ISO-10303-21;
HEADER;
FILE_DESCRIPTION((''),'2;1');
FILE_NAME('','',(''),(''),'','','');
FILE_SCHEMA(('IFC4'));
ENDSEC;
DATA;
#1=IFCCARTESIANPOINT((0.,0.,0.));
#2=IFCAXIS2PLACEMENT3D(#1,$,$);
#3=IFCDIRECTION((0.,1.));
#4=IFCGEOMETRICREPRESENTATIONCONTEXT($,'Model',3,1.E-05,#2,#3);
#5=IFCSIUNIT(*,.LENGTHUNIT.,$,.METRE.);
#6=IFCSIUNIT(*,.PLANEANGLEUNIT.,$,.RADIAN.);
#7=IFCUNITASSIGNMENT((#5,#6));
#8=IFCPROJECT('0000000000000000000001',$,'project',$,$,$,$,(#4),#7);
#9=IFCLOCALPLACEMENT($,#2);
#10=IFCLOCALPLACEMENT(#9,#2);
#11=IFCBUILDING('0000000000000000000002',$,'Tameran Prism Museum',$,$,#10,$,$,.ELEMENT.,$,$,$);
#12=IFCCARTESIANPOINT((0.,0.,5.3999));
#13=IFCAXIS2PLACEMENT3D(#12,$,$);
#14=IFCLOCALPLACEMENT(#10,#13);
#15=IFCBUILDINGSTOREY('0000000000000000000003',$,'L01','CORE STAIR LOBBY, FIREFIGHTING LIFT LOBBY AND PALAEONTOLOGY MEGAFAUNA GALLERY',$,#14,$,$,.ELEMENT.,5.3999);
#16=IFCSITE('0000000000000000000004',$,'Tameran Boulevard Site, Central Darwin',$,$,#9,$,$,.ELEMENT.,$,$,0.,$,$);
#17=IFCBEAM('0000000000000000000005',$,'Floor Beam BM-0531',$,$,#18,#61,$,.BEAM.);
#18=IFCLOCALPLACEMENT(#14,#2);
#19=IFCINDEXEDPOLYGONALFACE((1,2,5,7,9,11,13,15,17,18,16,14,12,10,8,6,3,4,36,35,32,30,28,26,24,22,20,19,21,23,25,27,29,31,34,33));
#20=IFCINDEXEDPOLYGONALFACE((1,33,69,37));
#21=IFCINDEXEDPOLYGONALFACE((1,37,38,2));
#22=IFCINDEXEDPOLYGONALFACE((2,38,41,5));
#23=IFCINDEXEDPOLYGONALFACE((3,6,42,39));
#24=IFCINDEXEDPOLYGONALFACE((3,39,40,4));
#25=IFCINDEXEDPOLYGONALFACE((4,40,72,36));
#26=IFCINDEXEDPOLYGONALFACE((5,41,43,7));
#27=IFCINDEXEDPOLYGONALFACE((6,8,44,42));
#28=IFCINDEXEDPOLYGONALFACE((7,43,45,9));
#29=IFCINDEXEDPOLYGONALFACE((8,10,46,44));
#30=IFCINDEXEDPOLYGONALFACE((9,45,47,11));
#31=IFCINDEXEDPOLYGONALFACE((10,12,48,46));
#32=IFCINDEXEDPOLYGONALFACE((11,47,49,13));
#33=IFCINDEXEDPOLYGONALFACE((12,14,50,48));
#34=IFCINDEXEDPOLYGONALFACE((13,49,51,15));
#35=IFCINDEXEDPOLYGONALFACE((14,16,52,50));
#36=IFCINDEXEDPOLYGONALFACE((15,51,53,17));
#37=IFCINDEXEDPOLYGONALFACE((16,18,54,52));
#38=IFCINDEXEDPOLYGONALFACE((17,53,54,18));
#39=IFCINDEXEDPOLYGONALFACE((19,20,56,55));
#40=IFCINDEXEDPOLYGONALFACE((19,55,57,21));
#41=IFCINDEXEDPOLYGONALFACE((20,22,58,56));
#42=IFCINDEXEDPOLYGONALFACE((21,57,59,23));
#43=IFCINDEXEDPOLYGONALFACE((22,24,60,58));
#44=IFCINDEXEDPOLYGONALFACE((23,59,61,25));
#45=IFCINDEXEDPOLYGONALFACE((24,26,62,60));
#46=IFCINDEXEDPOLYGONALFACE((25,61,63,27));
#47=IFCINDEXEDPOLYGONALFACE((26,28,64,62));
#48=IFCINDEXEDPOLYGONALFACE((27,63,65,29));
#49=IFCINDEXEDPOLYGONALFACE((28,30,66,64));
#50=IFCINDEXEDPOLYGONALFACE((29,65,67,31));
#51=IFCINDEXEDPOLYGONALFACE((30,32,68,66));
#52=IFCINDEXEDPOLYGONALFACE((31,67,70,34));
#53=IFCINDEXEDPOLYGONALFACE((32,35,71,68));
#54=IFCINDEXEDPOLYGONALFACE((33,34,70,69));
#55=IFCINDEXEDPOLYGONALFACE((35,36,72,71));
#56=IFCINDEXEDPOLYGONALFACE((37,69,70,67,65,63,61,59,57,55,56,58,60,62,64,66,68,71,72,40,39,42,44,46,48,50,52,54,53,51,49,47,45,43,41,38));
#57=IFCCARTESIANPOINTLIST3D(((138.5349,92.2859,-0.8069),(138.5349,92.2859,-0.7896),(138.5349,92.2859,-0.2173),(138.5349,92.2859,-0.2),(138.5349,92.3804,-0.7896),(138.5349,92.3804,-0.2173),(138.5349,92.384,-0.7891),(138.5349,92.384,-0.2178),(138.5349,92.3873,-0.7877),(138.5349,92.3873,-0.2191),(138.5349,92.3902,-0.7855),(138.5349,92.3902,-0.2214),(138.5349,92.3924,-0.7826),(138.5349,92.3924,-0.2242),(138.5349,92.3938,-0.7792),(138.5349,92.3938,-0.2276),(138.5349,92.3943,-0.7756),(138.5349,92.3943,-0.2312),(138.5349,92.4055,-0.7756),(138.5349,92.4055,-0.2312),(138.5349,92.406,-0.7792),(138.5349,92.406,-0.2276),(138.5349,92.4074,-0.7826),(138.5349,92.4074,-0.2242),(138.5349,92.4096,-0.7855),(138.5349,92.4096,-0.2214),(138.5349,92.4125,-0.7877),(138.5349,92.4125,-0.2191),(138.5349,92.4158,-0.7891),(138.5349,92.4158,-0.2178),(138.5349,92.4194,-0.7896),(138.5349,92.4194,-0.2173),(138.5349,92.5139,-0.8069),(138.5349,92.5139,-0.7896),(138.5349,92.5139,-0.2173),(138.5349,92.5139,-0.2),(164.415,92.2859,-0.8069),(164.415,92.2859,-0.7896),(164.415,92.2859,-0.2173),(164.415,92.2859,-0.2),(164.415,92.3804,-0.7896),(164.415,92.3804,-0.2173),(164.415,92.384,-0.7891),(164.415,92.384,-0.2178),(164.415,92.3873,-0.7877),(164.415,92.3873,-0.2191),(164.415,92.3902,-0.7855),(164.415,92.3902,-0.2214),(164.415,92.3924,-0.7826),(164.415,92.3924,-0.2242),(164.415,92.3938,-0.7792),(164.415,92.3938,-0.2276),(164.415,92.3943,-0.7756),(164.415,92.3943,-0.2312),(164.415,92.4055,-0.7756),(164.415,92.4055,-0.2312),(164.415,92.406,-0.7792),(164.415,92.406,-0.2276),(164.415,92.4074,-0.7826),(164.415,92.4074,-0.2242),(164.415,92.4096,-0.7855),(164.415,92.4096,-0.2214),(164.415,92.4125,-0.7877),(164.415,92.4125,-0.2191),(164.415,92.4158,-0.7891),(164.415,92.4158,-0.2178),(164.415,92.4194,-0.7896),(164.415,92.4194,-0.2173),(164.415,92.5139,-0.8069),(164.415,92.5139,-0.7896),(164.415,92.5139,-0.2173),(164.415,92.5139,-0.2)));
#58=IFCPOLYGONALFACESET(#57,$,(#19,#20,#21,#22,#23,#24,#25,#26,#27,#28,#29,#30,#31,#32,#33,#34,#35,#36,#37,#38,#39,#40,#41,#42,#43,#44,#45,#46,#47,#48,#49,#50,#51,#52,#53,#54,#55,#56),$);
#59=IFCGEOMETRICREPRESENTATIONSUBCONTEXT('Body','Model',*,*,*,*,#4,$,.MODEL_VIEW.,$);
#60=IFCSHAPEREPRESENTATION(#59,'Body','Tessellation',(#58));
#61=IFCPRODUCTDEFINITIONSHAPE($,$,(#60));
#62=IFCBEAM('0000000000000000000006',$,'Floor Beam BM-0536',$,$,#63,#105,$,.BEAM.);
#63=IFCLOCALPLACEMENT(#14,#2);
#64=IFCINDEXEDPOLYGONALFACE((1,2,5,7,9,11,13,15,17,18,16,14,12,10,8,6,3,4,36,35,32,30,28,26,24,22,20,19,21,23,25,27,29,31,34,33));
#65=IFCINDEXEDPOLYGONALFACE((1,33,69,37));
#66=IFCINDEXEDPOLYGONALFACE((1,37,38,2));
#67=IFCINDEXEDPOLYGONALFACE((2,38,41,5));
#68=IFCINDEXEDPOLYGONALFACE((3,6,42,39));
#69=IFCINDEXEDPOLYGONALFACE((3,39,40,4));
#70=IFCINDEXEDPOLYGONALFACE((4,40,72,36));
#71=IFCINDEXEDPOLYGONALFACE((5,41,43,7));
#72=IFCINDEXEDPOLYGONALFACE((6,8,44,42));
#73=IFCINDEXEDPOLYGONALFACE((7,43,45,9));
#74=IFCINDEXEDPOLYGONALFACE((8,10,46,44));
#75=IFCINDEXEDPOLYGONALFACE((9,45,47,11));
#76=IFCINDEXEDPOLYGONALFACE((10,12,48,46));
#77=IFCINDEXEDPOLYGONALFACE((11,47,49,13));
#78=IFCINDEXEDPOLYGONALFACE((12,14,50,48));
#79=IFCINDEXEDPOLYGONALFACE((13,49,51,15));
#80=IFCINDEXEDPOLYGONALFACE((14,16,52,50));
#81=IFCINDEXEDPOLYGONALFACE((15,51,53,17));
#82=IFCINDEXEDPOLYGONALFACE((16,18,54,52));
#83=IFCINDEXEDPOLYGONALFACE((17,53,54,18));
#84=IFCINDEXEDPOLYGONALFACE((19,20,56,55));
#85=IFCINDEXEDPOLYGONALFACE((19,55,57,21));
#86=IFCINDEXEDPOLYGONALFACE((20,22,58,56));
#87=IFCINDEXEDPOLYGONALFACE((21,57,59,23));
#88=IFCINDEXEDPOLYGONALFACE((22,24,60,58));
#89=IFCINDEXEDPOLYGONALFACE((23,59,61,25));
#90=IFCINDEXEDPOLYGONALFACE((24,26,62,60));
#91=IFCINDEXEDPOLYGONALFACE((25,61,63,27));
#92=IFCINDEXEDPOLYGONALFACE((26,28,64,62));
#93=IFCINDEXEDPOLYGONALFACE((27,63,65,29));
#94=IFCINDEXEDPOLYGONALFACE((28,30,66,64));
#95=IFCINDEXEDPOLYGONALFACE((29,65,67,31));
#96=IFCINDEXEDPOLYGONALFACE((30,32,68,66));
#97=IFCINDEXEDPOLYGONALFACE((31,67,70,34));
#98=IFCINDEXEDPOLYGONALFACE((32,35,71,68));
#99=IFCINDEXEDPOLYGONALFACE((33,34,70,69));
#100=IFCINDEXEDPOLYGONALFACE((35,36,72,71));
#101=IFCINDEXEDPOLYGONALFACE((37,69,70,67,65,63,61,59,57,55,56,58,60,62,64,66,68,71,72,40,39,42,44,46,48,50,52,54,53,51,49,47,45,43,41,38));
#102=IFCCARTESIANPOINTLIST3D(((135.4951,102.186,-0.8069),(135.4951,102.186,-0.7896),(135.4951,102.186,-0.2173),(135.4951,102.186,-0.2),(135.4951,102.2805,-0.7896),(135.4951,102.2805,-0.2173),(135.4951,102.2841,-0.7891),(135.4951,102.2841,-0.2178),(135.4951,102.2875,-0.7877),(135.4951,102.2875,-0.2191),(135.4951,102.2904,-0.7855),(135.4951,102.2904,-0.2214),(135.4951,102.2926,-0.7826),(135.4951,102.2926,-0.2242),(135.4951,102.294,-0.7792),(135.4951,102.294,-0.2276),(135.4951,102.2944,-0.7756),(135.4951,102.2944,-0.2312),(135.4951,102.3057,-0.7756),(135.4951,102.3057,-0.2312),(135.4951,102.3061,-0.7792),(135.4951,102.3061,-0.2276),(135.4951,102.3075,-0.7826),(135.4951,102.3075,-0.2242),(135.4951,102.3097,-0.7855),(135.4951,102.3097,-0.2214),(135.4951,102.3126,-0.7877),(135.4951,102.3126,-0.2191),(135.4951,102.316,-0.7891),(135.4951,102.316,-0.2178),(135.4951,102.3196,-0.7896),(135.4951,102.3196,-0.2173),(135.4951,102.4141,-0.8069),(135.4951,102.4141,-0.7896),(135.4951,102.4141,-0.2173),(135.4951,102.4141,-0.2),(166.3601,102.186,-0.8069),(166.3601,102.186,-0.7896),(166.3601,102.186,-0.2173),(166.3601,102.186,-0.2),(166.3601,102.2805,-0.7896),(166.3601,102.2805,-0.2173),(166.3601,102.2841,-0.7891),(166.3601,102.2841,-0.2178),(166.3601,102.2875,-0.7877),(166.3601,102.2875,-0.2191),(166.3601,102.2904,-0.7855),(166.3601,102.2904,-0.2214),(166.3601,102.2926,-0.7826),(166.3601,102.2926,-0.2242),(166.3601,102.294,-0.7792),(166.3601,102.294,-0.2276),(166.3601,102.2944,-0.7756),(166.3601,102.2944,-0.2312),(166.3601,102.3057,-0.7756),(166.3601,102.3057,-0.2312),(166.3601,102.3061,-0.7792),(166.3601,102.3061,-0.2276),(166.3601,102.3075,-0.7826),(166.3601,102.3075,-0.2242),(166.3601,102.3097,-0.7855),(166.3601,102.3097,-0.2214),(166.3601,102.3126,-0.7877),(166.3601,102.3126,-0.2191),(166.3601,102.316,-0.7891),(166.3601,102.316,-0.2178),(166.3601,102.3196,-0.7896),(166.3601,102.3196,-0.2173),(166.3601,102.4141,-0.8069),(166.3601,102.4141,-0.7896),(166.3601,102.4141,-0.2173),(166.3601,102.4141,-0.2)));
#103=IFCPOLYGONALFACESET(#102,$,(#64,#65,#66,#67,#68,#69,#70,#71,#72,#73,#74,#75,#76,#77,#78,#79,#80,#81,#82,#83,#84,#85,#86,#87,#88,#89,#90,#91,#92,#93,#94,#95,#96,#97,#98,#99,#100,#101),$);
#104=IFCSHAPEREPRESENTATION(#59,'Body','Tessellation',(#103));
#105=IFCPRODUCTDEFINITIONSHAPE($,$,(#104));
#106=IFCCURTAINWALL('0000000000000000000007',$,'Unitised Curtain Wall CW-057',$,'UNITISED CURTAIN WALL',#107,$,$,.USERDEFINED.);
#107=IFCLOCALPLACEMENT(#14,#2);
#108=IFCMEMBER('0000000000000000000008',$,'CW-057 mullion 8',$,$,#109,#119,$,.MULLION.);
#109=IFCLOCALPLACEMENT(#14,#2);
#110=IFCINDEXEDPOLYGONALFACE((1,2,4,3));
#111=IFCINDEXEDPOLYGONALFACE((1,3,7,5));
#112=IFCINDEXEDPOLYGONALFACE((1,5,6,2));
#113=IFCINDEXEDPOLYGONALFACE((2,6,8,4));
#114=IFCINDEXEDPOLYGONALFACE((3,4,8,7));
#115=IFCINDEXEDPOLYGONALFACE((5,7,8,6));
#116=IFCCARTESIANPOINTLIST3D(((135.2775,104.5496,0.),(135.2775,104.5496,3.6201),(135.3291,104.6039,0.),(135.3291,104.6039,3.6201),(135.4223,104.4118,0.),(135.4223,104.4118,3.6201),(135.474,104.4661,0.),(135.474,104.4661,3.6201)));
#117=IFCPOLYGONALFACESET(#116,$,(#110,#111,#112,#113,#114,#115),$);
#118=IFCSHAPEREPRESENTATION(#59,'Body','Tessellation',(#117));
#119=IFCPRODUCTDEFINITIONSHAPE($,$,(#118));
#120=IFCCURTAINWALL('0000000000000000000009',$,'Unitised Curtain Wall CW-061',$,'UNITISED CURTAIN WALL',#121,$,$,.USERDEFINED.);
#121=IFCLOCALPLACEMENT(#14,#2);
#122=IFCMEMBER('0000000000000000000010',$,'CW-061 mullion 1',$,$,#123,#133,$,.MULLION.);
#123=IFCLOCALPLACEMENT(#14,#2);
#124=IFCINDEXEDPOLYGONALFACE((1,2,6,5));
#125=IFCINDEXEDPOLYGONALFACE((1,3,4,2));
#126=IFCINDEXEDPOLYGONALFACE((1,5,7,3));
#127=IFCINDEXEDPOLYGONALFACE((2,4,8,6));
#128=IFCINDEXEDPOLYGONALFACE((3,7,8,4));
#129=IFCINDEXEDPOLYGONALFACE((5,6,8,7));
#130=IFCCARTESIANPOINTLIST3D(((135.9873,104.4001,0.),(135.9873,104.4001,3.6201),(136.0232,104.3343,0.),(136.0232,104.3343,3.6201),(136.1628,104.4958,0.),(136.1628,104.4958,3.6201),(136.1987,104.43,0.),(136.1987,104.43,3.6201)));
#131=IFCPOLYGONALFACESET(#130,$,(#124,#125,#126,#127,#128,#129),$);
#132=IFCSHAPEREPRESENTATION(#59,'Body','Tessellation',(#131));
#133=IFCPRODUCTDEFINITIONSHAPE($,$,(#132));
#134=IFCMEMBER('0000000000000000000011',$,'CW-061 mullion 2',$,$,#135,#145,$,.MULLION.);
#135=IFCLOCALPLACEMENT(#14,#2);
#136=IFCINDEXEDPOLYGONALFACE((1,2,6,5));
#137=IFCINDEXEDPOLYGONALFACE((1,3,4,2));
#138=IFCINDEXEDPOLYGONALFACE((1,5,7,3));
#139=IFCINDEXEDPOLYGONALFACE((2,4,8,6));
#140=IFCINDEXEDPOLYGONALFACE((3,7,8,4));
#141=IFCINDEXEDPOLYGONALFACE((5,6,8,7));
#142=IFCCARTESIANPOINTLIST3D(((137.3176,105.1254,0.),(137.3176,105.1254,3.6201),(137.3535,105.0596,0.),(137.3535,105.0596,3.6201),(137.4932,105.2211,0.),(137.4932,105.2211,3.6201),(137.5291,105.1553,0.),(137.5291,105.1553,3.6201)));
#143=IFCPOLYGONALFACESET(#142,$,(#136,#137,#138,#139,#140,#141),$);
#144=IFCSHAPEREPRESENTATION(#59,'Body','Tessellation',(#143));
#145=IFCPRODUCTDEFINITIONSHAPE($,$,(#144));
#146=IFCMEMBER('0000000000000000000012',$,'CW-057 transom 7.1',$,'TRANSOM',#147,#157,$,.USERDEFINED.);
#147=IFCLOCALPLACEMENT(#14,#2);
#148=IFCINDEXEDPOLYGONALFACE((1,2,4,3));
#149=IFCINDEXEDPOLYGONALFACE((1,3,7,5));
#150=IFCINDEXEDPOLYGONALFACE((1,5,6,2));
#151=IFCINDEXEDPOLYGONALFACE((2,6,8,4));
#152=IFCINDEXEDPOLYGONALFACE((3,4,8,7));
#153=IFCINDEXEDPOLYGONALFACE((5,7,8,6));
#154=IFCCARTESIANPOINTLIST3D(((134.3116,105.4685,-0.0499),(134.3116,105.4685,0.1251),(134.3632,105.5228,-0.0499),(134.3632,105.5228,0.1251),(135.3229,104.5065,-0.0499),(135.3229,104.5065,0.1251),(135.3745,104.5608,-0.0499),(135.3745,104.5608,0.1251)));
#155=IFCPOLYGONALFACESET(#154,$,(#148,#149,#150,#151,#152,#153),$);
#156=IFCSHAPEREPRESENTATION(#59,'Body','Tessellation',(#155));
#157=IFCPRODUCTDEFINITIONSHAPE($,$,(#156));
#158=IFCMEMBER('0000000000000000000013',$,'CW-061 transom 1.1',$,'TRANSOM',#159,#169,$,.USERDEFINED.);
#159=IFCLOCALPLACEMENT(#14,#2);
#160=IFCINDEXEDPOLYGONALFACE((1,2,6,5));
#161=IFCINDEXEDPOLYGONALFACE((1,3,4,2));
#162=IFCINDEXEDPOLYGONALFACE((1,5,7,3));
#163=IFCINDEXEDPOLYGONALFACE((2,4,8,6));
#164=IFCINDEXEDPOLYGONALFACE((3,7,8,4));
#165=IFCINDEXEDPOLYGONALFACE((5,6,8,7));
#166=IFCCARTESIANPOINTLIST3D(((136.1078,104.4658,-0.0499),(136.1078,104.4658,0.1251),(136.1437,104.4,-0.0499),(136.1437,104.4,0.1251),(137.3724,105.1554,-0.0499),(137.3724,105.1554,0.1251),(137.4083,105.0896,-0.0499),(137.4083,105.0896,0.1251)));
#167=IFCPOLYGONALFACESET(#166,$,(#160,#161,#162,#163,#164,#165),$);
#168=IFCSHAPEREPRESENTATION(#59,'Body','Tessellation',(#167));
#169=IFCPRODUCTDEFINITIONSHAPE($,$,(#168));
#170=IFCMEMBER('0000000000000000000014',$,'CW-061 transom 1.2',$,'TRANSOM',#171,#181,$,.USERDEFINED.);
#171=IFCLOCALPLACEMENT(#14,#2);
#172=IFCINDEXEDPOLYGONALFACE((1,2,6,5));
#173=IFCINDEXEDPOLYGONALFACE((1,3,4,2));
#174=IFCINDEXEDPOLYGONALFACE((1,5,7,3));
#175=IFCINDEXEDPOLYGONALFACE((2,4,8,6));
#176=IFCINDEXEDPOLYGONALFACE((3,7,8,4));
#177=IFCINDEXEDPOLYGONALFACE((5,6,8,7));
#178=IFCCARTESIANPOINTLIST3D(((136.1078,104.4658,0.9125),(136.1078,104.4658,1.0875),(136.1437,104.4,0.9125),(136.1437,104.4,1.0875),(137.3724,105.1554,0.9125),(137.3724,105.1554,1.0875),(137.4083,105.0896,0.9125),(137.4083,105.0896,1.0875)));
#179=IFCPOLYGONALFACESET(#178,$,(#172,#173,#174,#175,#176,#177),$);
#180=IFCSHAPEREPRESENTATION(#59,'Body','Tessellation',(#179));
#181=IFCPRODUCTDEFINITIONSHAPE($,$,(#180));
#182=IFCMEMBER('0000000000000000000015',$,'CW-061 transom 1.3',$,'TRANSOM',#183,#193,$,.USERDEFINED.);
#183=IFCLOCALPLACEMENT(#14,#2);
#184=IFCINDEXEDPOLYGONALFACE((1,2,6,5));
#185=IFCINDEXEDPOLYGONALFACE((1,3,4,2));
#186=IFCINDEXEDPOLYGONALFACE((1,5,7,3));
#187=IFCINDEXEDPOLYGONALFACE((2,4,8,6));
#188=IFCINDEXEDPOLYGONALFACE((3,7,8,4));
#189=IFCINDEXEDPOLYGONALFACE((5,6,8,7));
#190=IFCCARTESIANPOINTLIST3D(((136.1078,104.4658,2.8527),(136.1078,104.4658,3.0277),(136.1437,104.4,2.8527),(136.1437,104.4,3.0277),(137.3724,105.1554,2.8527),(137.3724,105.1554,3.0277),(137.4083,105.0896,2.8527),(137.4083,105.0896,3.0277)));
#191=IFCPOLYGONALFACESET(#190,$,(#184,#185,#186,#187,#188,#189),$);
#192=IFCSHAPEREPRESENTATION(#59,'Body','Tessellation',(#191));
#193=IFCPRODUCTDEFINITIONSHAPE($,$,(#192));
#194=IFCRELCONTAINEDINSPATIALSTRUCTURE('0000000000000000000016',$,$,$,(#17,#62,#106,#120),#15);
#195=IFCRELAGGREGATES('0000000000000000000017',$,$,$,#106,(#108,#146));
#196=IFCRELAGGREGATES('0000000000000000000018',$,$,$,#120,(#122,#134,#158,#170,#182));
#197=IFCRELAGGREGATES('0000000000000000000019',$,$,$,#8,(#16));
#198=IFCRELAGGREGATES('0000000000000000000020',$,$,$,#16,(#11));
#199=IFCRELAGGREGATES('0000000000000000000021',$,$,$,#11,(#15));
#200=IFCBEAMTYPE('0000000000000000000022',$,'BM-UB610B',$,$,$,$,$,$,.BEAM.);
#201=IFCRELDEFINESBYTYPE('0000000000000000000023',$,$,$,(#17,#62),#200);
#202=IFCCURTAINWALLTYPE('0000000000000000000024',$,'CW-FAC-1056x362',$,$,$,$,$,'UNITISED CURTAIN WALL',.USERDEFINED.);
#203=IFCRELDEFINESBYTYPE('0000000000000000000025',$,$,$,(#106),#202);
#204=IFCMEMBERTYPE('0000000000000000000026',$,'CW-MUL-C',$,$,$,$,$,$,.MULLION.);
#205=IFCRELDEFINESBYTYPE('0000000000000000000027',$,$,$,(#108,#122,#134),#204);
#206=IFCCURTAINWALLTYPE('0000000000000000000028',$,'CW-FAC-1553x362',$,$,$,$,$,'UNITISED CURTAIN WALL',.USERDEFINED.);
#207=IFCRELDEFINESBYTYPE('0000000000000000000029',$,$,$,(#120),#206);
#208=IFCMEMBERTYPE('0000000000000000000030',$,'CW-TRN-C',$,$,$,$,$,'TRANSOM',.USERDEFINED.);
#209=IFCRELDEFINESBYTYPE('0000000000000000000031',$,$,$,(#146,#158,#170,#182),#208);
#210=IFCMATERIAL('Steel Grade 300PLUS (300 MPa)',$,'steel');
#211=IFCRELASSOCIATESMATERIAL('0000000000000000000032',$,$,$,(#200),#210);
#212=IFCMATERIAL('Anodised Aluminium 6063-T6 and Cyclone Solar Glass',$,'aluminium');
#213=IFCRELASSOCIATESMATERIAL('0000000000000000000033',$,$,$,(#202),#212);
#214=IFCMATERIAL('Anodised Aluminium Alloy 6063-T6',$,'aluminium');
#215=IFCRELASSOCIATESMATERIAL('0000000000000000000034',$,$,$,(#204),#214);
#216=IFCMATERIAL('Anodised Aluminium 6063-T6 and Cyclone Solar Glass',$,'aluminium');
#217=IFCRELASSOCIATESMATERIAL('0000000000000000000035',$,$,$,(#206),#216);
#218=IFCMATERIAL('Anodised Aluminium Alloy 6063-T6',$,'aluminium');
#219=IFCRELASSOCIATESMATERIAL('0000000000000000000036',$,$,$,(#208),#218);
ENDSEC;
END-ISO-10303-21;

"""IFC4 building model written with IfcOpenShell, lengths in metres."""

from ifc_helpers import new_model, si_unit, direction, frame, origin, origin_2d, place, context, subcontext, project, spatial, rectangle, i_section, extrude, material, material_profile, profile_set, type_object, element, aggregate, save


model = new_model("IFC4")

# Units and contexts
model_context = context("Model", 3, precision=1e-05, world=origin(), true_north=direction((0.0, 1.0)))
body_context = subcontext(model_context, "Body", "Model", "MODEL_VIEW")
ifc_project = project(units=[si_unit("LENGTHUNIT", "METRE"), si_unit("PLANEANGLEUNIT", "RADIAN")], contexts=[model_context])

# Site, building, storey
site_placement = place(None, origin())
site = spatial("IfcSite", under=ifc_project, at=site_placement, Name="Tameran Boulevard Site, Central Darwin", CompositionType="ELEMENT", RefElevation=0.0)
building_placement = place(site_placement, origin())
building = spatial("IfcBuilding", under=site, at=building_placement, Name="Tameran Prism Museum", CompositionType="ELEMENT")
storey_placement = place(building_placement, frame((0.0, 0.0, 5.3999)))
storey = spatial("IfcBuildingStorey", under=building, at=storey_placement, Name="L01", Description="CORE STAIR LOBBY, FIREFIGHTING LIFT LOBBY AND PALAEONTOLOGY MEGAFAUNA GALLERY", CompositionType="ELEMENT", Elevation=5.3999)

# Beams
ifc_material_1 = material(Name="Steel Grade 300PLUS (300 MPa)", Category="steel")
ifc_material_profile_1 = material_profile(ifc_material_1, i_section(OverallWidth=0.228, OverallDepth=0.6069, WebThickness=0.0112, FlangeThickness=0.0173, FilletRadius=0.0139, at=origin_2d()))
ifc_profile_set_1 = profile_set([ifc_material_profile_1])
beam_type_1 = type_object("IfcBeamType", Name="BM-UB610B", PredefinedType="BEAM", material=ifc_profile_set_1)
beam_1_placement = place(storey_placement, frame((138.5349, 92.3999, -0.5034), z_axis=(1.0, 0.0, 0.0), x_axis=(0.0, 1.0, 0.0)))
element("IfcBeam", 1, at=beam_1_placement, inside=storey, type_object=beam_type_1, Name="Floor Beam BM-0531", PredefinedType="BEAM", context=body_context, shape_type="SweptSolid", body=[
    extrude(i_section(OverallWidth=0.228, OverallDepth=0.6069, WebThickness=0.0112, FlangeThickness=0.0173, FilletRadius=0.0139, at=origin_2d()), origin(), (0.0, 0.0, 1.0), 25.8801),
])
beam_2_placement = place(storey_placement, frame((135.4951, 102.3, -0.5034), z_axis=(1.0, 0.0, 0.0), x_axis=(0.0, 1.0, 0.0)))
element("IfcBeam", 2, at=beam_2_placement, inside=storey, type_object=beam_type_1, Name="Floor Beam BM-0536", PredefinedType="BEAM", context=body_context, shape_type="SweptSolid", body=[
    extrude(i_section(OverallWidth=0.228, OverallDepth=0.6069, WebThickness=0.0112, FlangeThickness=0.0173, FilletRadius=0.0139, at=origin_2d()), origin(), (0.0, 0.0, 1.0), 30.865),
])

# Curtain wall, member
ifc_material_2 = material(Name="Anodised Aluminium 6063-T6 and Cyclone Solar Glass", Category="aluminium")
curtain_wall_type_1 = type_object("IfcCurtainWallType", Name="CW-FAC-1056x362", ElementType="UNITISED CURTAIN WALL", PredefinedType="USERDEFINED", material=ifc_material_2)
curtain_wall_1_placement = place(storey_placement, origin())
curtain_wall_1 = element("IfcCurtainWall", 3, at=curtain_wall_1_placement, inside=storey, type_object=curtain_wall_type_1, Name="Unitised Curtain Wall CW-057", ObjectType="UNITISED CURTAIN WALL", PredefinedType="USERDEFINED")
ifc_material_3 = material(Name="Anodised Aluminium Alloy 6063-T6", Category="aluminium")
ifc_material_profile_2 = material_profile(ifc_material_3, rectangle(XDim=0.075, YDim=0.2, at=origin_2d()))
ifc_profile_set_2 = profile_set([ifc_material_profile_2])
member_type_1 = type_object("IfcMemberType", Name="CW-MUL-C", PredefinedType="MULLION", material=ifc_profile_set_2)
member_1_placement = place(storey_placement, frame((135.3757, 104.5078, 0.0), z_axis=(0.0, 0.0, 1.0), x_axis=(0.68927, 0.724505, 0.0)))
member_1 = element("IfcMember", 4, at=member_1_placement, type_object=member_type_1, Name="CW-057 mullion 8", PredefinedType="MULLION", context=body_context, shape_type="SweptSolid", body=[
    extrude(rectangle(XDim=0.075, YDim=0.2, at=origin_2d()), origin(), (0.0, 0.0, 1.0), 3.6201),
])

# Curtain wall, members
ifc_material_4 = material(Name="Anodised Aluminium 6063-T6 and Cyclone Solar Glass", Category="aluminium")
curtain_wall_type_2 = type_object("IfcCurtainWallType", Name="CW-FAC-1553x362", ElementType="UNITISED CURTAIN WALL", PredefinedType="USERDEFINED", material=ifc_material_4)
curtain_wall_2_placement = place(storey_placement, origin())
curtain_wall_2 = element("IfcCurtainWall", 5, at=curtain_wall_2_placement, inside=storey, type_object=curtain_wall_type_2, Name="Unitised Curtain Wall CW-061", ObjectType="UNITISED CURTAIN WALL", PredefinedType="USERDEFINED")
member_2_placement = place(storey_placement, frame((136.093, 104.415, 0.0), z_axis=(0.0, 0.0, 1.0), x_axis=(-0.478793, 0.877928, 0.0)))
member_2 = element("IfcMember", 6, at=member_2_placement, type_object=member_type_1, Name="CW-061 mullion 1", PredefinedType="MULLION", context=body_context, shape_type="SweptSolid", body=[
    extrude(rectangle(XDim=0.075, YDim=0.2, at=origin_2d()), origin(), (0.0, 0.0, 1.0), 3.6201),
])
member_3_placement = place(storey_placement, frame((137.4233, 105.1404, 0.0), z_axis=(0.0, 0.0, 1.0), x_axis=(-0.478793, 0.877928, 0.0)))
member_3 = element("IfcMember", 7, at=member_3_placement, type_object=member_type_1, Name="CW-061 mullion 2", PredefinedType="MULLION", context=body_context, shape_type="SweptSolid", body=[
    extrude(rectangle(XDim=0.075, YDim=0.2, at=origin_2d()), origin(), (0.0, 0.0, 1.0), 3.6201),
])

# Members
ifc_material_5 = material(Name="Anodised Aluminium Alloy 6063-T6", Category="aluminium")
ifc_material_profile_3 = material_profile(ifc_material_5, rectangle(XDim=0.075, YDim=0.175, at=origin_2d()))
ifc_profile_set_3 = profile_set([ifc_material_profile_3])
member_type_2 = type_object("IfcMemberType", Name="CW-TRN-C", ElementType="TRANSOM", PredefinedType="USERDEFINED", material=ifc_profile_set_3)
member_4_placement = place(storey_placement, frame((134.3374, 105.4956, 0.0376), z_axis=(0.724554, -0.689218, 0.0), x_axis=(0.689218, 0.724554, 0.0)))
member_4 = element("IfcMember", 8, at=member_4_placement, type_object=member_type_2, Name="CW-057 transom 7.1", ObjectType="TRANSOM", PredefinedType="USERDEFINED", context=body_context, shape_type="SweptSolid", body=[
    extrude(rectangle(XDim=0.075, YDim=0.175, at=origin_2d()), origin(), (0.0, 0.0, 1.0), 1.3958),
])
member_5_placement = place(storey_placement, frame((136.1257, 104.4329, 0.0376), z_axis=(0.877928, 0.478793, 0.0), x_axis=(-0.478793, 0.877928, 0.0)))
member_5 = element("IfcMember", 9, at=member_5_placement, type_object=member_type_2, Name="CW-061 transom 1.1", ObjectType="TRANSOM", PredefinedType="USERDEFINED", context=body_context, shape_type="SweptSolid", body=[
    extrude(rectangle(XDim=0.075, YDim=0.175, at=origin_2d()), origin(), (0.0, 0.0, 1.0), 1.4404),
])
member_6_placement = place(storey_placement, frame((136.1257, 104.4329, 1.0), z_axis=(0.877928, 0.478793, 0.0), x_axis=(-0.478793, 0.877928, 0.0)))
member_6 = element("IfcMember", 10, at=member_6_placement, type_object=member_type_2, Name="CW-061 transom 1.2", ObjectType="TRANSOM", PredefinedType="USERDEFINED", context=body_context, shape_type="SweptSolid", body=[
    extrude(rectangle(XDim=0.075, YDim=0.175, at=origin_2d()), origin(), (0.0, 0.0, 1.0), 1.4404),
])
member_7_placement = place(storey_placement, frame((136.1257, 104.4329, 2.9402), z_axis=(0.877928, 0.478793, 0.0), x_axis=(-0.478793, 0.877928, 0.0)))
member_7 = element("IfcMember", 11, at=member_7_placement, type_object=member_type_2, Name="CW-061 transom 1.3", ObjectType="TRANSOM", PredefinedType="USERDEFINED", context=body_context, shape_type="SweptSolid", body=[
    extrude(rectangle(XDim=0.075, YDim=0.175, at=origin_2d()), origin(), (0.0, 0.0, 1.0), 1.4404),
])

aggregate(curtain_wall_1, [member_1, member_4])
aggregate(curtain_wall_2, [member_2, member_3, member_5, member_6, member_7])

save(model, "model.ifc")
